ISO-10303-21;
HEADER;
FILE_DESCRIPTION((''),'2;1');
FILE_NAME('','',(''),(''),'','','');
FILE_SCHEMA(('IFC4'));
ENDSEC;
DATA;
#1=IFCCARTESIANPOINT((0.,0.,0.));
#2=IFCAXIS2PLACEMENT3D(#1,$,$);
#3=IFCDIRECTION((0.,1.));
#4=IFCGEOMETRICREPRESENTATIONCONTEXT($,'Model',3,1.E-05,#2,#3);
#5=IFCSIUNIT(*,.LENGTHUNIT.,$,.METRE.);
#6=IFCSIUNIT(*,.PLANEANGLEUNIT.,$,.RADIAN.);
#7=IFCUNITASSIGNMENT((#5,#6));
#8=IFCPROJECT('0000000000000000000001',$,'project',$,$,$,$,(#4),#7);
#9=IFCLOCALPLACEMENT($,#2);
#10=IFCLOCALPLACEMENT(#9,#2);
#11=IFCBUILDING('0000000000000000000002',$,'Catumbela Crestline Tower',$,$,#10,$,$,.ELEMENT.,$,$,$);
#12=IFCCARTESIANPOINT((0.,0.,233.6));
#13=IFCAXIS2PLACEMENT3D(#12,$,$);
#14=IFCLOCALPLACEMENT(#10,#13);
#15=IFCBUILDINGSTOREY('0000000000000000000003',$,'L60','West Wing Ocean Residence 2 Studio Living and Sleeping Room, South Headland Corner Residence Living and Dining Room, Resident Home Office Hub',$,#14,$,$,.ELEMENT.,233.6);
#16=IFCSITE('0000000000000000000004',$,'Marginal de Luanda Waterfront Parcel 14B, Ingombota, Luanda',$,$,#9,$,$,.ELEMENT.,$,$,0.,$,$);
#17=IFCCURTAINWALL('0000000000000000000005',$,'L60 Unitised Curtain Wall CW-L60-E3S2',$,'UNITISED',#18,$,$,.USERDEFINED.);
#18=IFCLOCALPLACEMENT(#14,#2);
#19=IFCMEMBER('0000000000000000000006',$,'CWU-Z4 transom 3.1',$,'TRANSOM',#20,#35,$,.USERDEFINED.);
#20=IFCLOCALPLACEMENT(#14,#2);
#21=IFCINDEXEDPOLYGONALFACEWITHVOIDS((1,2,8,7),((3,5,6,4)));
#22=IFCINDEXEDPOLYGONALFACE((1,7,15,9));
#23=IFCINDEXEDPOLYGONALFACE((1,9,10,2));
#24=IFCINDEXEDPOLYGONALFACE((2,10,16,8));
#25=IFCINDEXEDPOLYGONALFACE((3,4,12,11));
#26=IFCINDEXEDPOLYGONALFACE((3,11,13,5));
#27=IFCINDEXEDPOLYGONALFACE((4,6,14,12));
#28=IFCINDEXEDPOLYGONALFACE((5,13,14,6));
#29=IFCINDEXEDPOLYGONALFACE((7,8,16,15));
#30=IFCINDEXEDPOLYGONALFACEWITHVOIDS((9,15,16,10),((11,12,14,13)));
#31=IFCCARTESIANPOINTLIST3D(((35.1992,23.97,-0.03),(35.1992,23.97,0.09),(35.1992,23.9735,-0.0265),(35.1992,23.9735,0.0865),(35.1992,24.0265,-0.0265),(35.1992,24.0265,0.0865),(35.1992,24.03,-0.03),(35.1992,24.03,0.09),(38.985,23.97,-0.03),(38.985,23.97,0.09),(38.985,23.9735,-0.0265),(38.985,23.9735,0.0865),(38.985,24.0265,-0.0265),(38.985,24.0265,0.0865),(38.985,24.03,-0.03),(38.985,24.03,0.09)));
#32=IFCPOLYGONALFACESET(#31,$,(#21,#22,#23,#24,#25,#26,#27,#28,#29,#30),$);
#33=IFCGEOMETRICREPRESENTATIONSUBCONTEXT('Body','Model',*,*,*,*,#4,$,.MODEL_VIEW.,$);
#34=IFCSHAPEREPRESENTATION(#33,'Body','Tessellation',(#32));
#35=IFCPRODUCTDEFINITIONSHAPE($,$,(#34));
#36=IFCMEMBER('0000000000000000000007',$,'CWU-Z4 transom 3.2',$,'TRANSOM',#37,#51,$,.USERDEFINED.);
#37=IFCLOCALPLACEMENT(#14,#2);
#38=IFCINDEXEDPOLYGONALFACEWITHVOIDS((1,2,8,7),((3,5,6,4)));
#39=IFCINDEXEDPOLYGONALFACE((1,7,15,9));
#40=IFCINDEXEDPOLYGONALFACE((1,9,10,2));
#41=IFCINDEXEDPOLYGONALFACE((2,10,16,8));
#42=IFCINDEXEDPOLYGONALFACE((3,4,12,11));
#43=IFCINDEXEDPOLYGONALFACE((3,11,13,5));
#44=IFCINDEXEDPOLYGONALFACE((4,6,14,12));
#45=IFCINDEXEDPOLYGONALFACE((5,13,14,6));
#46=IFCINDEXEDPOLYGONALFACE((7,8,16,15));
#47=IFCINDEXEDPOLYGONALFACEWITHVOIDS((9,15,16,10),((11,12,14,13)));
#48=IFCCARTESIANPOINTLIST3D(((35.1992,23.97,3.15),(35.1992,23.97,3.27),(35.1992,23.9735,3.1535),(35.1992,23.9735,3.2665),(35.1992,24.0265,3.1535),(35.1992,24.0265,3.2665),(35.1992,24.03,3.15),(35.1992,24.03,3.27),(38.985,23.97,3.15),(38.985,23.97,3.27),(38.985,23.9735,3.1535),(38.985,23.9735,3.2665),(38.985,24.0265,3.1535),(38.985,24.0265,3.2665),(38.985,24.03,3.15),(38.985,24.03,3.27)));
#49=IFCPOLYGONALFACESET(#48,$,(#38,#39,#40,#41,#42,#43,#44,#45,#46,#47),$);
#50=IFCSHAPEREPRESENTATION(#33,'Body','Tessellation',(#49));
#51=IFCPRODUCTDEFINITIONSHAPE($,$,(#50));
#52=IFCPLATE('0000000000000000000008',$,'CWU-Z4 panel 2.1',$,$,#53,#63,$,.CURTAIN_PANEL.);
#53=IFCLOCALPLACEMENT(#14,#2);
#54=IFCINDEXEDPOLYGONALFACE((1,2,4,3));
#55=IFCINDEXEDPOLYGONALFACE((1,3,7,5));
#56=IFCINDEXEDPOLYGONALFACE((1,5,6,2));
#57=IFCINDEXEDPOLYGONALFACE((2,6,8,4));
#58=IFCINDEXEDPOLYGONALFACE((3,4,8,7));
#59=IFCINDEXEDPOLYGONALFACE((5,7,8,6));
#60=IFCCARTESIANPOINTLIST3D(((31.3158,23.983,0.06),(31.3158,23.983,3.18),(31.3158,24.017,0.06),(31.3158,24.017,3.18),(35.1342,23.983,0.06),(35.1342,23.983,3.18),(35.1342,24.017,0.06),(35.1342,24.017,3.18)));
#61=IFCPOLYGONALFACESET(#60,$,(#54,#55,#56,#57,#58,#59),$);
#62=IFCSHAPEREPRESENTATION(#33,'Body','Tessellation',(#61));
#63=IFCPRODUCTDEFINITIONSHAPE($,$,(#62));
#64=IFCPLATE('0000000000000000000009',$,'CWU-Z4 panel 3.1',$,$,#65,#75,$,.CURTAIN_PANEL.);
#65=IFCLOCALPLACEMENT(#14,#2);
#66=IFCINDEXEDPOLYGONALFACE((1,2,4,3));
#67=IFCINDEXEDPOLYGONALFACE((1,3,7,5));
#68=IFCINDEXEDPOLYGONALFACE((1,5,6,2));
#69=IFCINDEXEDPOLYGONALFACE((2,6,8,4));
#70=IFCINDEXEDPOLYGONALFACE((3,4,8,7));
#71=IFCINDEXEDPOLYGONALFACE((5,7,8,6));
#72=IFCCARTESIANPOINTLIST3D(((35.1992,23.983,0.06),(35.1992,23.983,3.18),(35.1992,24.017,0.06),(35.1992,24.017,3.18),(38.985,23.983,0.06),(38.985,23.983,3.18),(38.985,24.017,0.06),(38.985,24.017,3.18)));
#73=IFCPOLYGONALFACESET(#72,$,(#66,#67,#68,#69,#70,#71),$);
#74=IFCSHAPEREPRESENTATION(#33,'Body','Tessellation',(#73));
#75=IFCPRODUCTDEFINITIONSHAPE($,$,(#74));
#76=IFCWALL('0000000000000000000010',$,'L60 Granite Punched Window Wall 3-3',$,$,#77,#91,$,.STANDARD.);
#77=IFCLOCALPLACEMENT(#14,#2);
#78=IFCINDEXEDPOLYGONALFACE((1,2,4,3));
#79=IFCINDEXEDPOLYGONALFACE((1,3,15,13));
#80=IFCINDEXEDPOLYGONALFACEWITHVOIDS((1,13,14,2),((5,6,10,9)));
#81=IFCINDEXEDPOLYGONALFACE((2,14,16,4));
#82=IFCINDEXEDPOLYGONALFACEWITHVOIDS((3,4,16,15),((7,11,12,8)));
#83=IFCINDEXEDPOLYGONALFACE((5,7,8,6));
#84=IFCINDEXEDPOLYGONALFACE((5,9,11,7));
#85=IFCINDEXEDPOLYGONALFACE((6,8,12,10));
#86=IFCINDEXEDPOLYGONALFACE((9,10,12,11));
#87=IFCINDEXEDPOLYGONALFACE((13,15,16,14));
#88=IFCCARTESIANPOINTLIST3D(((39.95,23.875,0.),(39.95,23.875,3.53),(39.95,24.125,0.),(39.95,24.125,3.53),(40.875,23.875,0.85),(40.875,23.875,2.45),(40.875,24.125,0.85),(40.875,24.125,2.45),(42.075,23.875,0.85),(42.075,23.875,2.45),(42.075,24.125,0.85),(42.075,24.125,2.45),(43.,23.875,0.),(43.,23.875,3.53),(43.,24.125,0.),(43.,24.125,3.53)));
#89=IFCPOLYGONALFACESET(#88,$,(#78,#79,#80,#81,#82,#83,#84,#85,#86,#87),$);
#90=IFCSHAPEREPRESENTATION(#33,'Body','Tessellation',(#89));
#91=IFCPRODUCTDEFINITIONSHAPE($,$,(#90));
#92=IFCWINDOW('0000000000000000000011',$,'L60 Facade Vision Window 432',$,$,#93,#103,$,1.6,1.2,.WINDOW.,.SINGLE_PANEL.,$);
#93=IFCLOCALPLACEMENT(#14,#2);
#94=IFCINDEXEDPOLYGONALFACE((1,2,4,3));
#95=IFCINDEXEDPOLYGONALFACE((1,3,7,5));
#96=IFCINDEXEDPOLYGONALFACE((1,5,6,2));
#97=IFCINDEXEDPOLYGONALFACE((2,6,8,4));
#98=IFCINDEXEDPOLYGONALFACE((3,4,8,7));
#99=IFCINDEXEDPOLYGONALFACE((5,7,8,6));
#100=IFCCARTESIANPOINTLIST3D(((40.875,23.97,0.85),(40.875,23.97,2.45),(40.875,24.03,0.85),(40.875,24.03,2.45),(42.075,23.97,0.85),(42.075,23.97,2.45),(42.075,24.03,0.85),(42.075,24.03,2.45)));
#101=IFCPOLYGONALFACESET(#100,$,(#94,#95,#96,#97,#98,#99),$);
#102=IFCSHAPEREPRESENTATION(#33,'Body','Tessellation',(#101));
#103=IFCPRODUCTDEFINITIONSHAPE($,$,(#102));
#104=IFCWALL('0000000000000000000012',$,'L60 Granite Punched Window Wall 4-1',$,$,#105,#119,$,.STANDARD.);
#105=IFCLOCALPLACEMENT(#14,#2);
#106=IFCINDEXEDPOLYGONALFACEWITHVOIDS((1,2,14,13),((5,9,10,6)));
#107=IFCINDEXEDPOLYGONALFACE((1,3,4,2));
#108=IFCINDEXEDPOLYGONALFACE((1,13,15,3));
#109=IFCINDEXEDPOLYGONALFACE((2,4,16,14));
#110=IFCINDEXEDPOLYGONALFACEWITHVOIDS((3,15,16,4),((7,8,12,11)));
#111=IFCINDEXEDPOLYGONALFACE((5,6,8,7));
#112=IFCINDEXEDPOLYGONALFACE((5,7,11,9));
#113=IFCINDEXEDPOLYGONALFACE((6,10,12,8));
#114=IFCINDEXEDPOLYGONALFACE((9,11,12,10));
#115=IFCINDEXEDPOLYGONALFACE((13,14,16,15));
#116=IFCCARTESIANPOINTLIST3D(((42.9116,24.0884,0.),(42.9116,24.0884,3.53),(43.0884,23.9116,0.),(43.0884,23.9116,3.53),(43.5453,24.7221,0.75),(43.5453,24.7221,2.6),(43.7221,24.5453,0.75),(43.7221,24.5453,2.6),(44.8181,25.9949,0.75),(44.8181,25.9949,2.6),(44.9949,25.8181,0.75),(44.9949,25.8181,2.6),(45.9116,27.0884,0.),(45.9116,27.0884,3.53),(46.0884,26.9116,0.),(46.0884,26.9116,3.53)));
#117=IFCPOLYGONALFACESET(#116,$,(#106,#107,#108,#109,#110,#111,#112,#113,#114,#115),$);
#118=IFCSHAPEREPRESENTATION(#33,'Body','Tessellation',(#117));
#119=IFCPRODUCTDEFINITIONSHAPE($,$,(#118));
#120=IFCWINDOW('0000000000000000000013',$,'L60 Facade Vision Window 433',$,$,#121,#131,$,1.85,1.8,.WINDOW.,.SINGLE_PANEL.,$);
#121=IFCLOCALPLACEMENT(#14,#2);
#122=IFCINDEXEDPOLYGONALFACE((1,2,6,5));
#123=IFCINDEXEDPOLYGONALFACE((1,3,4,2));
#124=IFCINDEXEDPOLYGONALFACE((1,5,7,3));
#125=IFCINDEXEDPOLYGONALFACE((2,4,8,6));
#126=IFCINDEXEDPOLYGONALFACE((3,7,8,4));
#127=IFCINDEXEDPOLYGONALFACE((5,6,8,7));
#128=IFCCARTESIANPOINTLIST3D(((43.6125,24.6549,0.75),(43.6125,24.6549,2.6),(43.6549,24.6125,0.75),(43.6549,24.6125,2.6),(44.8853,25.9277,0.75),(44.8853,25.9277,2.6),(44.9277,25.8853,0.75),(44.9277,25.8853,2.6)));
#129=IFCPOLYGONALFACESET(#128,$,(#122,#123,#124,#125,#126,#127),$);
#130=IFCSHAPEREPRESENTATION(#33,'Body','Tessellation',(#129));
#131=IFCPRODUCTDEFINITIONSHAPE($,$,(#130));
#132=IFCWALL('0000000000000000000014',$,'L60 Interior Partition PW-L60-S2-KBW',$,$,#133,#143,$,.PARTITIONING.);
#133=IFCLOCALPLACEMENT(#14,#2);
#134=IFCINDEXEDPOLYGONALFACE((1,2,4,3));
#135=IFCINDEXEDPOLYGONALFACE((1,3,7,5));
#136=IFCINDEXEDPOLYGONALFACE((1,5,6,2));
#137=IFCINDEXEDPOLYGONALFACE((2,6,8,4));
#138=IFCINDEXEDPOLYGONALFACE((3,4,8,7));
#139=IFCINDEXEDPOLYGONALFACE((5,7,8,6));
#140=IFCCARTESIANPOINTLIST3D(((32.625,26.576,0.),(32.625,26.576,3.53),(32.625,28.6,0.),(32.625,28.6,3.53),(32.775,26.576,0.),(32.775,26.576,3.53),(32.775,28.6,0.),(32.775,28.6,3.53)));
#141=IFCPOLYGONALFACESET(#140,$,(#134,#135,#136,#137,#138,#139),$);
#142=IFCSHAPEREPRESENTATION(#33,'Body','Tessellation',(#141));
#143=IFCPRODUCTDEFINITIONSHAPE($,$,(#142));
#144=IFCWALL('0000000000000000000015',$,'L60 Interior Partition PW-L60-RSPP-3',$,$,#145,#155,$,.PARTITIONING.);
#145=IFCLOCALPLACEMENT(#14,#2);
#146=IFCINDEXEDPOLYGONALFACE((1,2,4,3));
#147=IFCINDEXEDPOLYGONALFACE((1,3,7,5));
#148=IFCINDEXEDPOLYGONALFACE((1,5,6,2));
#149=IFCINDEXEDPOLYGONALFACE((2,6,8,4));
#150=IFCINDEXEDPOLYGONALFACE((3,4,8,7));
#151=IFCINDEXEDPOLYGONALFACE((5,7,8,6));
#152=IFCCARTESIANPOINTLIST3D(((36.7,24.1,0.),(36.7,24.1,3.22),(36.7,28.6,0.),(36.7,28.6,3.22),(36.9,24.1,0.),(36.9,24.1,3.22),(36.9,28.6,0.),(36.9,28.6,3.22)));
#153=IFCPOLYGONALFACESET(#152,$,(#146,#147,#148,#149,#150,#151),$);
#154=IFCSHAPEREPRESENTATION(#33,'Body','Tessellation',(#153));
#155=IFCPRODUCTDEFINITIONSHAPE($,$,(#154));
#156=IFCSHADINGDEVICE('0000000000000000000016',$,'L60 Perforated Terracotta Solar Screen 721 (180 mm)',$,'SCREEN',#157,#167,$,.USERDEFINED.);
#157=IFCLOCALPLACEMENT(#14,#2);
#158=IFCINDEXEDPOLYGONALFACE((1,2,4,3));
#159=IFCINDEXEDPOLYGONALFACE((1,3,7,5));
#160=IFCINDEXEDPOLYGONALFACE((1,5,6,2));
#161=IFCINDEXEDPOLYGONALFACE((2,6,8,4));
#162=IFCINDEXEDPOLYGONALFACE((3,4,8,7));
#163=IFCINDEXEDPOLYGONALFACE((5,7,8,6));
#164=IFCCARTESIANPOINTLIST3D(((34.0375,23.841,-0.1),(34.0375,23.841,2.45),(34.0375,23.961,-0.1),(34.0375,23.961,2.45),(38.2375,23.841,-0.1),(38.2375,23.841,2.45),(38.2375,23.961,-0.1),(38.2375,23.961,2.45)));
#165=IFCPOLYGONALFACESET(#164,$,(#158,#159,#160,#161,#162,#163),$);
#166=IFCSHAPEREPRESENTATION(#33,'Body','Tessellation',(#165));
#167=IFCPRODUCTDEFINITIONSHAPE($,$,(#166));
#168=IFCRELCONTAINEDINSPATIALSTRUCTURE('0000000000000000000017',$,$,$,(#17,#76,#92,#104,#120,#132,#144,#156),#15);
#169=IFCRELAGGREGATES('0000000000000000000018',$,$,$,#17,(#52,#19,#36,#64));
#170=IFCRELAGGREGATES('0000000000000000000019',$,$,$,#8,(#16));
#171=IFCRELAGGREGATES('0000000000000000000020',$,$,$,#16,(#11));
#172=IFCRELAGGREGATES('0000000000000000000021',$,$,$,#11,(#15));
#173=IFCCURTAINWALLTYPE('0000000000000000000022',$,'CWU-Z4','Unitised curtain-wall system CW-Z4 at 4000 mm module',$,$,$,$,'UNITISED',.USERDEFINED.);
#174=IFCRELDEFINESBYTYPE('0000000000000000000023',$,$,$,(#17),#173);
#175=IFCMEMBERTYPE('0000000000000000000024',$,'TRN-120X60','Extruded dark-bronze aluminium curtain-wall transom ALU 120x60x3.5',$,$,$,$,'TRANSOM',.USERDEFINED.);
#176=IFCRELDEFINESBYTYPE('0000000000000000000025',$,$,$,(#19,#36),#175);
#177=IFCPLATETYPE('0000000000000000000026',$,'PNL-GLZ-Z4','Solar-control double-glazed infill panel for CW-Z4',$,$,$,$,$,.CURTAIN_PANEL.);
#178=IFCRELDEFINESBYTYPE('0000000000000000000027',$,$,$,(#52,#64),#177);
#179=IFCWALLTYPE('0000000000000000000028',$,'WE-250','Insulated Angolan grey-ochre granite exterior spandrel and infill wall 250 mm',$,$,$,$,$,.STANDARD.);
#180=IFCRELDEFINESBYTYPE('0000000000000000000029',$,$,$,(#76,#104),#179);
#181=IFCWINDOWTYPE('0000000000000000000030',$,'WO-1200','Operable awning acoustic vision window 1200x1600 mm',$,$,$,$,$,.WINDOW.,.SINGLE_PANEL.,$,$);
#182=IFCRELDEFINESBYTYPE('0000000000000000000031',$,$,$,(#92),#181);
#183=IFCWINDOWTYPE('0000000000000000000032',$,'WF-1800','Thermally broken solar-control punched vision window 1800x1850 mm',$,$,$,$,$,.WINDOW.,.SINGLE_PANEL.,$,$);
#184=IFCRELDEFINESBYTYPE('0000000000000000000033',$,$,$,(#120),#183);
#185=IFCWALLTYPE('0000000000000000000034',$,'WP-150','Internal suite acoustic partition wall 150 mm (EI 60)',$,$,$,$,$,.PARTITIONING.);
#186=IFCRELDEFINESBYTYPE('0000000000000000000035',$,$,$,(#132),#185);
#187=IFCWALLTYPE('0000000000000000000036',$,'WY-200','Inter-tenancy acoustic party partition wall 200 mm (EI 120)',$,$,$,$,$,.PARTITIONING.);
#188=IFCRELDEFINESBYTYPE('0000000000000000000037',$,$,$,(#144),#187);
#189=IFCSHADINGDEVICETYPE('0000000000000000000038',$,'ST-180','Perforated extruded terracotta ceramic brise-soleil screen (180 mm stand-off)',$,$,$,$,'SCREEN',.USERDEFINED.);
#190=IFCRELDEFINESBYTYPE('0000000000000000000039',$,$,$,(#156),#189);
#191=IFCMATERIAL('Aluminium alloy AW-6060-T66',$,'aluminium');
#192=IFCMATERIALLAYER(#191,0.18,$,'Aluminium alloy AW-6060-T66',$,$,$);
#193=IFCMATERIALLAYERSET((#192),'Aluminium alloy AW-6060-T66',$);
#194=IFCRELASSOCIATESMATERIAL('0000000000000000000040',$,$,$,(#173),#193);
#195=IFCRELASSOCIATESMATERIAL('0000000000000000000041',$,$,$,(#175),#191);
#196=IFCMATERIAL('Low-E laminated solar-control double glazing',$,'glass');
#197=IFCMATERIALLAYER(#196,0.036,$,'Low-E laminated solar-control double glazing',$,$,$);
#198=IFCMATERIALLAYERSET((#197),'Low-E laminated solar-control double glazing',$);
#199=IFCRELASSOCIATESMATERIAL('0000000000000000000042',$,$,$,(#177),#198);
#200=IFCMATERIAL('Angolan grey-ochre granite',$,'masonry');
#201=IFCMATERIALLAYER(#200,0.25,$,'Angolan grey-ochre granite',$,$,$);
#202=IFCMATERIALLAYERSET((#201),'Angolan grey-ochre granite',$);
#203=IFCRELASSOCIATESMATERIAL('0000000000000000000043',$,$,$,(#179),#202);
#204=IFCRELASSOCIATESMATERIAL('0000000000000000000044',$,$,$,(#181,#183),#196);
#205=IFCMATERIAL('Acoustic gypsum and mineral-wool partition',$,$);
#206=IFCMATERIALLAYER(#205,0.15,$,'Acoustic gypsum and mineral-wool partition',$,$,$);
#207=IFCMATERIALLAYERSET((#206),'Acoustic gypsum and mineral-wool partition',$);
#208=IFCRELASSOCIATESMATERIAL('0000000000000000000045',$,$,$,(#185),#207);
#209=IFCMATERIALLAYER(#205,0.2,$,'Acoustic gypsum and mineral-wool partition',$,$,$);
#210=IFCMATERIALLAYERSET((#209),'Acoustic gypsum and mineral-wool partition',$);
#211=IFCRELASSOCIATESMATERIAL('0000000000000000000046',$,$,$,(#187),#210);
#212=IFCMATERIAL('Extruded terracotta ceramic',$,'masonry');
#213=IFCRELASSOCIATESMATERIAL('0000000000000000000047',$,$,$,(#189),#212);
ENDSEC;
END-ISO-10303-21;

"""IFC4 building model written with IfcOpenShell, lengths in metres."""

from ifc_helpers import new_model, si_unit, direction, frame, frame_2d, origin, origin_2d, place, context, subcontext, project, spatial, rectangle, hollow_rectangle, extrude, material, layer, layer_set, material_profile, profile_set, type_object, element, fill, aggregate, save


model = new_model("IFC4")

# Units and contexts
model_context = context("Model", 3, precision=1e-05, world=origin(), true_north=direction((0.0, 1.0)))
body_context = subcontext(model_context, "Body", "Model", "MODEL_VIEW")
ifc_project = project(units=[si_unit("LENGTHUNIT", "METRE"), si_unit("PLANEANGLEUNIT", "RADIAN")], contexts=[model_context])

# Site, building, storey
site_placement = place(None, origin())
site = spatial("IfcSite", under=ifc_project, at=site_placement, Name="Marginal de Luanda Waterfront Parcel 14B, Ingombota, Luanda", CompositionType="ELEMENT", RefElevation=0.0)
building_placement = place(site_placement, origin())
building = spatial("IfcBuilding", under=site, at=building_placement, Name="Catumbela Crestline Tower", CompositionType="ELEMENT")
storey_placement = place(building_placement, frame((0.0, 0.0, 233.6)))
storey = spatial("IfcBuildingStorey", under=building, at=storey_placement, Name="L60", Description="West Wing Ocean Residence 2 Studio Living and Sleeping Room, South Headland Corner Residence Living and Dining Room, Resident Home Office Hub", CompositionType="ELEMENT", Elevation=233.6)

# Curtain wall
ifc_material_1 = material(Name="Aluminium alloy AW-6060-T66", Category="aluminium")
ifc_layer_1 = layer(ifc_material_1, 0.18, Name="Aluminium alloy AW-6060-T66")
ifc_layer_set_1 = layer_set([ifc_layer_1], Name="Aluminium alloy AW-6060-T66")
curtain_wall_type = type_object("IfcCurtainWallType", Name="CWU-Z4", Description="Unitised curtain-wall system CW-Z4 at 4000 mm module", ElementType="UNITISED", PredefinedType="USERDEFINED", material=ifc_layer_set_1)
curtain_wall_placement = place(storey_placement, origin())
curtain_wall = element("IfcCurtainWall", 1, at=curtain_wall_placement, inside=storey, type_object=curtain_wall_type, Name="L60 Unitised Curtain Wall CW-L60-E3S2", ObjectType="UNITISED", PredefinedType="USERDEFINED")

# Members
ifc_material_profile_1 = material_profile(ifc_material_1, hollow_rectangle(XDim=0.06, YDim=0.12, WallThickness=0.0035, at=origin_2d()), Name="ALU 120x60x3.5")
ifc_profile_set_1 = profile_set([ifc_material_profile_1], Name="Aluminium alloy AW-6060-T66")
member_type_1 = type_object("IfcMemberType", Name="TRN-120X60", Description="Extruded dark-bronze aluminium curtain-wall transom ALU 120x60x3.5", ElementType="TRANSOM", PredefinedType="USERDEFINED", material=ifc_profile_set_1)
member_1_placement = place(storey_placement, frame((35.1992, 24.0, 0.03), z_axis=(1.0, 0.0, 0.0), x_axis=(0.0, 1.0, 0.0)))
member_1 = element("IfcMember", 2, at=member_1_placement, type_object=member_type_1, Name="CWU-Z4 transom 3.1", ObjectType="TRANSOM", PredefinedType="USERDEFINED", context=body_context, shape_type="SweptSolid", body=[
    extrude(hollow_rectangle(XDim=0.06, YDim=0.12, WallThickness=0.0035, at=origin_2d()), origin(), (0.0, 0.0, 1.0), 3.7858),
])
member_2_placement = place(storey_placement, frame((35.1992, 24.0, 3.21), z_axis=(1.0, 0.0, 0.0), x_axis=(0.0, 1.0, 0.0)))
member_2 = element("IfcMember", 3, at=member_2_placement, type_object=member_type_1, Name="CWU-Z4 transom 3.2", ObjectType="TRANSOM", PredefinedType="USERDEFINED", context=body_context, shape_type="SweptSolid", body=[
    extrude(hollow_rectangle(XDim=0.06, YDim=0.12, WallThickness=0.0035, at=origin_2d()), origin(), (0.0, 0.0, 1.0), 3.7858),
])

# Plates
ifc_material_2 = material(Name="Low-E laminated solar-control double glazing", Category="glass")
ifc_layer_2 = layer(ifc_material_2, 0.036, Name="Low-E laminated solar-control double glazing")
ifc_layer_set_2 = layer_set([ifc_layer_2], Name="Low-E laminated solar-control double glazing")
plate_type = type_object("IfcPlateType", Name="PNL-GLZ-Z4", Description="Solar-control double-glazed infill panel for CW-Z4", PredefinedType="CURTAIN_PANEL", material=ifc_layer_set_2)
plate_1_placement = place(storey_placement, frame((33.225, 24.0, 0.06), z_axis=(0.0, 0.0, 1.0), x_axis=(1.0, 0.0, 0.0)))
plate_1 = element("IfcPlate", 4, at=plate_1_placement, type_object=plate_type, Name="CWU-Z4 panel 2.1", PredefinedType="CURTAIN_PANEL", context=body_context, shape_type="SweptSolid", body=[
    extrude(rectangle(XDim=3.8183, YDim=0.034, at=origin_2d()), origin(), (0.0, 0.0, 1.0), 3.12),
])
plate_2_placement = place(storey_placement, frame((37.0921, 24.0, 0.06), z_axis=(0.0, 0.0, 1.0), x_axis=(1.0, 0.0, 0.0)))
plate_2 = element("IfcPlate", 5, at=plate_2_placement, type_object=plate_type, Name="CWU-Z4 panel 3.1", PredefinedType="CURTAIN_PANEL", context=body_context, shape_type="SweptSolid", body=[
    extrude(rectangle(XDim=3.7858, YDim=0.034, at=origin_2d()), origin(), (0.0, 0.0, 1.0), 3.12),
])
aggregate(curtain_wall, [plate_1, member_1, member_2, plate_2])

# Walls, openings, windows
ifc_material_3 = material(Name="Angolan grey-ochre granite", Category="masonry")
ifc_layer_3 = layer(ifc_material_3, 0.25, Name="Angolan grey-ochre granite")
ifc_layer_set_3 = layer_set([ifc_layer_3], Name="Angolan grey-ochre granite")
wall_type_1 = type_object("IfcWallType", Name="WE-250", Description="Insulated Angolan grey-ochre granite exterior spandrel and infill wall 250 mm", PredefinedType="STANDARD", material=ifc_layer_set_3)
wall_1_placement = place(storey_placement, frame((39.95, 24.0, 0.0), z_axis=(0.0, 0.0, 1.0), x_axis=(1.0, 0.0, 0.0)))
wall_1 = element("IfcWall", 6, at=wall_1_placement, inside=storey, type_object=wall_type_1, Name="L60 Granite Punched Window Wall 3-3", PredefinedType="STANDARD", context=body_context, shape_type="SweptSolid", body=[
    extrude(rectangle(XDim=3.05, YDim=0.25, at=frame_2d((1.525, 0.0))), origin(), (0.0, 0.0, 1.0), 3.53),
])
opening_1_placement = place(wall_1_placement, frame((0.925, 0.0, 0.85)))
opening_1 = element("IfcOpeningElement", 7, at=opening_1_placement, cuts=wall_1, PredefinedType="OPENING", context=body_context, shape_type="SweptSolid", body=[
    extrude(rectangle(XDim=1.2, YDim=1.6, at=frame_2d((0.6, 0.8))), frame((0.0, 0.135, 0.0), z_axis=(0.0, -1.0, 0.0), x_axis=(1.0, 0.0, 0.0)), (0.0, 0.0, 1.0), 0.27),
])
window_type_1 = type_object("IfcWindowType", Name="WO-1200", Description="Operable awning acoustic vision window 1200x1600 mm", PartitioningType="SINGLE_PANEL", PredefinedType="WINDOW", material=ifc_material_2)
window_1_placement = place(opening_1_placement, origin())
window_1 = element("IfcWindow", 8, at=window_1_placement, inside=storey, type_object=window_type_1, Name="L60 Facade Vision Window 432", OverallHeight=1.6, OverallWidth=1.2, PartitioningType="SINGLE_PANEL", PredefinedType="WINDOW", context=body_context, shape_type="SweptSolid", body=[
    extrude(rectangle(XDim=1.2, YDim=1.6, at=frame_2d((0.6, 0.8))), frame((0.0, 0.03, 0.0), z_axis=(0.0, -1.0, 0.0), x_axis=(1.0, 0.0, 0.0)), (0.0, 0.0, 1.0), 0.06),
])
fill(opening_1, window_1)
wall_2_placement = place(storey_placement, frame((43.0, 24.0, 0.0), z_axis=(0.0, 0.0, 1.0), x_axis=(0.707107, 0.707107, 0.0)))
wall_2 = element("IfcWall", 9, at=wall_2_placement, inside=storey, type_object=wall_type_1, Name="L60 Granite Punched Window Wall 4-1", PredefinedType="STANDARD", context=body_context, shape_type="SweptSolid", body=[
    extrude(rectangle(XDim=4.2426, YDim=0.25, at=frame_2d((2.1213, 0.0))), origin(), (0.0, 0.0, 1.0), 3.53),
])
opening_2_placement = place(wall_2_placement, frame((0.8962, 0.0, 0.75)))
opening_2 = element("IfcOpeningElement", 10, at=opening_2_placement, cuts=wall_2, PredefinedType="OPENING", context=body_context, shape_type="SweptSolid", body=[
    extrude(rectangle(XDim=1.8, YDim=1.85, at=frame_2d((0.9, 0.925))), frame((0.0, 0.135, 0.0), z_axis=(0.0, -1.0, 0.0), x_axis=(1.0, 0.0, 0.0)), (0.0, 0.0, 1.0), 0.27),
])
window_type_2 = type_object("IfcWindowType", Name="WF-1800", Description="Thermally broken solar-control punched vision window 1800x1850 mm", PartitioningType="SINGLE_PANEL", PredefinedType="WINDOW", material=ifc_material_2)
window_2_placement = place(opening_2_placement, origin())
window_2 = element("IfcWindow", 11, at=window_2_placement, inside=storey, type_object=window_type_2, Name="L60 Facade Vision Window 433", OverallHeight=1.85, OverallWidth=1.8, PartitioningType="SINGLE_PANEL", PredefinedType="WINDOW", context=body_context, shape_type="SweptSolid", body=[
    extrude(rectangle(XDim=1.8, YDim=1.85, at=frame_2d((0.9, 0.925))), frame((0.0, 0.03, 0.0), z_axis=(0.0, -1.0, 0.0), x_axis=(1.0, 0.0, 0.0)), (0.0, 0.0, 1.0), 0.06),
])
fill(opening_2, window_2)

# Walls
ifc_material_4 = material(Name="Acoustic gypsum and mineral-wool partition")
ifc_layer_4 = layer(ifc_material_4, 0.15, Name="Acoustic gypsum and mineral-wool partition")
ifc_layer_set_4 = layer_set([ifc_layer_4], Name="Acoustic gypsum and mineral-wool partition")
wall_type_2 = type_object("IfcWallType", Name="WP-150", Description="Internal suite acoustic partition wall 150 mm (EI 60)", PredefinedType="PARTITIONING", material=ifc_layer_set_4)
wall_3_placement = place(storey_placement, frame((32.7, 26.576, 0.0), z_axis=(0.0, 0.0, 1.0), x_axis=(0.0, 1.0, 0.0)))
element("IfcWall", 12, at=wall_3_placement, inside=storey, type_object=wall_type_2, Name="L60 Interior Partition PW-L60-S2-KBW", PredefinedType="PARTITIONING", context=body_context, shape_type="SweptSolid", body=[
    extrude(rectangle(XDim=2.024, YDim=0.15, at=frame_2d((1.012, 0.0))), origin(), (0.0, 0.0, 1.0), 3.53),
])
ifc_layer_5 = layer(ifc_material_4, 0.2, Name="Acoustic gypsum and mineral-wool partition")
ifc_layer_set_5 = layer_set([ifc_layer_5], Name="Acoustic gypsum and mineral-wool partition")
wall_type_3 = type_object("IfcWallType", Name="WY-200", Description="Inter-tenancy acoustic party partition wall 200 mm (EI 120)", PredefinedType="PARTITIONING", material=ifc_layer_set_5)
wall_4_placement = place(storey_placement, frame((36.8, 24.1, 0.0), z_axis=(0.0, 0.0, 1.0), x_axis=(0.0, 1.0, 0.0)))
element("IfcWall", 13, at=wall_4_placement, inside=storey, type_object=wall_type_3, Name="L60 Interior Partition PW-L60-RSPP-3", PredefinedType="PARTITIONING", context=body_context, shape_type="SweptSolid", body=[
    extrude(rectangle(XDim=4.5, YDim=0.2, at=frame_2d((2.25, 0.0))), origin(), (0.0, 0.0, 1.0), 3.22),
])

# Shading device
ifc_material_5 = material(Name="Extruded terracotta ceramic", Category="masonry")
shading_device_type = type_object("IfcShadingDeviceType", Name="ST-180", Description="Perforated extruded terracotta ceramic brise-soleil screen (180 mm stand-off)", ElementType="SCREEN", PredefinedType="USERDEFINED", material=ifc_material_5)
shading_device_placement = place(storey_placement, frame((36.1375, 23.901, -0.1), z_axis=(0.0, 0.0, 1.0), x_axis=(1.0, 0.0, 0.0)))
element("IfcShadingDevice", 14, at=shading_device_placement, inside=storey, type_object=shading_device_type, Name="L60 Perforated Terracotta Solar Screen 721 (180 mm)", ObjectType="SCREEN", PredefinedType="USERDEFINED", context=body_context, shape_type="SweptSolid", body=[
    extrude(rectangle(XDim=4.2, YDim=0.12, at=origin_2d()), origin(), (0.0, 0.0, 1.0), 2.55),
])

save(model, "model.ifc")
